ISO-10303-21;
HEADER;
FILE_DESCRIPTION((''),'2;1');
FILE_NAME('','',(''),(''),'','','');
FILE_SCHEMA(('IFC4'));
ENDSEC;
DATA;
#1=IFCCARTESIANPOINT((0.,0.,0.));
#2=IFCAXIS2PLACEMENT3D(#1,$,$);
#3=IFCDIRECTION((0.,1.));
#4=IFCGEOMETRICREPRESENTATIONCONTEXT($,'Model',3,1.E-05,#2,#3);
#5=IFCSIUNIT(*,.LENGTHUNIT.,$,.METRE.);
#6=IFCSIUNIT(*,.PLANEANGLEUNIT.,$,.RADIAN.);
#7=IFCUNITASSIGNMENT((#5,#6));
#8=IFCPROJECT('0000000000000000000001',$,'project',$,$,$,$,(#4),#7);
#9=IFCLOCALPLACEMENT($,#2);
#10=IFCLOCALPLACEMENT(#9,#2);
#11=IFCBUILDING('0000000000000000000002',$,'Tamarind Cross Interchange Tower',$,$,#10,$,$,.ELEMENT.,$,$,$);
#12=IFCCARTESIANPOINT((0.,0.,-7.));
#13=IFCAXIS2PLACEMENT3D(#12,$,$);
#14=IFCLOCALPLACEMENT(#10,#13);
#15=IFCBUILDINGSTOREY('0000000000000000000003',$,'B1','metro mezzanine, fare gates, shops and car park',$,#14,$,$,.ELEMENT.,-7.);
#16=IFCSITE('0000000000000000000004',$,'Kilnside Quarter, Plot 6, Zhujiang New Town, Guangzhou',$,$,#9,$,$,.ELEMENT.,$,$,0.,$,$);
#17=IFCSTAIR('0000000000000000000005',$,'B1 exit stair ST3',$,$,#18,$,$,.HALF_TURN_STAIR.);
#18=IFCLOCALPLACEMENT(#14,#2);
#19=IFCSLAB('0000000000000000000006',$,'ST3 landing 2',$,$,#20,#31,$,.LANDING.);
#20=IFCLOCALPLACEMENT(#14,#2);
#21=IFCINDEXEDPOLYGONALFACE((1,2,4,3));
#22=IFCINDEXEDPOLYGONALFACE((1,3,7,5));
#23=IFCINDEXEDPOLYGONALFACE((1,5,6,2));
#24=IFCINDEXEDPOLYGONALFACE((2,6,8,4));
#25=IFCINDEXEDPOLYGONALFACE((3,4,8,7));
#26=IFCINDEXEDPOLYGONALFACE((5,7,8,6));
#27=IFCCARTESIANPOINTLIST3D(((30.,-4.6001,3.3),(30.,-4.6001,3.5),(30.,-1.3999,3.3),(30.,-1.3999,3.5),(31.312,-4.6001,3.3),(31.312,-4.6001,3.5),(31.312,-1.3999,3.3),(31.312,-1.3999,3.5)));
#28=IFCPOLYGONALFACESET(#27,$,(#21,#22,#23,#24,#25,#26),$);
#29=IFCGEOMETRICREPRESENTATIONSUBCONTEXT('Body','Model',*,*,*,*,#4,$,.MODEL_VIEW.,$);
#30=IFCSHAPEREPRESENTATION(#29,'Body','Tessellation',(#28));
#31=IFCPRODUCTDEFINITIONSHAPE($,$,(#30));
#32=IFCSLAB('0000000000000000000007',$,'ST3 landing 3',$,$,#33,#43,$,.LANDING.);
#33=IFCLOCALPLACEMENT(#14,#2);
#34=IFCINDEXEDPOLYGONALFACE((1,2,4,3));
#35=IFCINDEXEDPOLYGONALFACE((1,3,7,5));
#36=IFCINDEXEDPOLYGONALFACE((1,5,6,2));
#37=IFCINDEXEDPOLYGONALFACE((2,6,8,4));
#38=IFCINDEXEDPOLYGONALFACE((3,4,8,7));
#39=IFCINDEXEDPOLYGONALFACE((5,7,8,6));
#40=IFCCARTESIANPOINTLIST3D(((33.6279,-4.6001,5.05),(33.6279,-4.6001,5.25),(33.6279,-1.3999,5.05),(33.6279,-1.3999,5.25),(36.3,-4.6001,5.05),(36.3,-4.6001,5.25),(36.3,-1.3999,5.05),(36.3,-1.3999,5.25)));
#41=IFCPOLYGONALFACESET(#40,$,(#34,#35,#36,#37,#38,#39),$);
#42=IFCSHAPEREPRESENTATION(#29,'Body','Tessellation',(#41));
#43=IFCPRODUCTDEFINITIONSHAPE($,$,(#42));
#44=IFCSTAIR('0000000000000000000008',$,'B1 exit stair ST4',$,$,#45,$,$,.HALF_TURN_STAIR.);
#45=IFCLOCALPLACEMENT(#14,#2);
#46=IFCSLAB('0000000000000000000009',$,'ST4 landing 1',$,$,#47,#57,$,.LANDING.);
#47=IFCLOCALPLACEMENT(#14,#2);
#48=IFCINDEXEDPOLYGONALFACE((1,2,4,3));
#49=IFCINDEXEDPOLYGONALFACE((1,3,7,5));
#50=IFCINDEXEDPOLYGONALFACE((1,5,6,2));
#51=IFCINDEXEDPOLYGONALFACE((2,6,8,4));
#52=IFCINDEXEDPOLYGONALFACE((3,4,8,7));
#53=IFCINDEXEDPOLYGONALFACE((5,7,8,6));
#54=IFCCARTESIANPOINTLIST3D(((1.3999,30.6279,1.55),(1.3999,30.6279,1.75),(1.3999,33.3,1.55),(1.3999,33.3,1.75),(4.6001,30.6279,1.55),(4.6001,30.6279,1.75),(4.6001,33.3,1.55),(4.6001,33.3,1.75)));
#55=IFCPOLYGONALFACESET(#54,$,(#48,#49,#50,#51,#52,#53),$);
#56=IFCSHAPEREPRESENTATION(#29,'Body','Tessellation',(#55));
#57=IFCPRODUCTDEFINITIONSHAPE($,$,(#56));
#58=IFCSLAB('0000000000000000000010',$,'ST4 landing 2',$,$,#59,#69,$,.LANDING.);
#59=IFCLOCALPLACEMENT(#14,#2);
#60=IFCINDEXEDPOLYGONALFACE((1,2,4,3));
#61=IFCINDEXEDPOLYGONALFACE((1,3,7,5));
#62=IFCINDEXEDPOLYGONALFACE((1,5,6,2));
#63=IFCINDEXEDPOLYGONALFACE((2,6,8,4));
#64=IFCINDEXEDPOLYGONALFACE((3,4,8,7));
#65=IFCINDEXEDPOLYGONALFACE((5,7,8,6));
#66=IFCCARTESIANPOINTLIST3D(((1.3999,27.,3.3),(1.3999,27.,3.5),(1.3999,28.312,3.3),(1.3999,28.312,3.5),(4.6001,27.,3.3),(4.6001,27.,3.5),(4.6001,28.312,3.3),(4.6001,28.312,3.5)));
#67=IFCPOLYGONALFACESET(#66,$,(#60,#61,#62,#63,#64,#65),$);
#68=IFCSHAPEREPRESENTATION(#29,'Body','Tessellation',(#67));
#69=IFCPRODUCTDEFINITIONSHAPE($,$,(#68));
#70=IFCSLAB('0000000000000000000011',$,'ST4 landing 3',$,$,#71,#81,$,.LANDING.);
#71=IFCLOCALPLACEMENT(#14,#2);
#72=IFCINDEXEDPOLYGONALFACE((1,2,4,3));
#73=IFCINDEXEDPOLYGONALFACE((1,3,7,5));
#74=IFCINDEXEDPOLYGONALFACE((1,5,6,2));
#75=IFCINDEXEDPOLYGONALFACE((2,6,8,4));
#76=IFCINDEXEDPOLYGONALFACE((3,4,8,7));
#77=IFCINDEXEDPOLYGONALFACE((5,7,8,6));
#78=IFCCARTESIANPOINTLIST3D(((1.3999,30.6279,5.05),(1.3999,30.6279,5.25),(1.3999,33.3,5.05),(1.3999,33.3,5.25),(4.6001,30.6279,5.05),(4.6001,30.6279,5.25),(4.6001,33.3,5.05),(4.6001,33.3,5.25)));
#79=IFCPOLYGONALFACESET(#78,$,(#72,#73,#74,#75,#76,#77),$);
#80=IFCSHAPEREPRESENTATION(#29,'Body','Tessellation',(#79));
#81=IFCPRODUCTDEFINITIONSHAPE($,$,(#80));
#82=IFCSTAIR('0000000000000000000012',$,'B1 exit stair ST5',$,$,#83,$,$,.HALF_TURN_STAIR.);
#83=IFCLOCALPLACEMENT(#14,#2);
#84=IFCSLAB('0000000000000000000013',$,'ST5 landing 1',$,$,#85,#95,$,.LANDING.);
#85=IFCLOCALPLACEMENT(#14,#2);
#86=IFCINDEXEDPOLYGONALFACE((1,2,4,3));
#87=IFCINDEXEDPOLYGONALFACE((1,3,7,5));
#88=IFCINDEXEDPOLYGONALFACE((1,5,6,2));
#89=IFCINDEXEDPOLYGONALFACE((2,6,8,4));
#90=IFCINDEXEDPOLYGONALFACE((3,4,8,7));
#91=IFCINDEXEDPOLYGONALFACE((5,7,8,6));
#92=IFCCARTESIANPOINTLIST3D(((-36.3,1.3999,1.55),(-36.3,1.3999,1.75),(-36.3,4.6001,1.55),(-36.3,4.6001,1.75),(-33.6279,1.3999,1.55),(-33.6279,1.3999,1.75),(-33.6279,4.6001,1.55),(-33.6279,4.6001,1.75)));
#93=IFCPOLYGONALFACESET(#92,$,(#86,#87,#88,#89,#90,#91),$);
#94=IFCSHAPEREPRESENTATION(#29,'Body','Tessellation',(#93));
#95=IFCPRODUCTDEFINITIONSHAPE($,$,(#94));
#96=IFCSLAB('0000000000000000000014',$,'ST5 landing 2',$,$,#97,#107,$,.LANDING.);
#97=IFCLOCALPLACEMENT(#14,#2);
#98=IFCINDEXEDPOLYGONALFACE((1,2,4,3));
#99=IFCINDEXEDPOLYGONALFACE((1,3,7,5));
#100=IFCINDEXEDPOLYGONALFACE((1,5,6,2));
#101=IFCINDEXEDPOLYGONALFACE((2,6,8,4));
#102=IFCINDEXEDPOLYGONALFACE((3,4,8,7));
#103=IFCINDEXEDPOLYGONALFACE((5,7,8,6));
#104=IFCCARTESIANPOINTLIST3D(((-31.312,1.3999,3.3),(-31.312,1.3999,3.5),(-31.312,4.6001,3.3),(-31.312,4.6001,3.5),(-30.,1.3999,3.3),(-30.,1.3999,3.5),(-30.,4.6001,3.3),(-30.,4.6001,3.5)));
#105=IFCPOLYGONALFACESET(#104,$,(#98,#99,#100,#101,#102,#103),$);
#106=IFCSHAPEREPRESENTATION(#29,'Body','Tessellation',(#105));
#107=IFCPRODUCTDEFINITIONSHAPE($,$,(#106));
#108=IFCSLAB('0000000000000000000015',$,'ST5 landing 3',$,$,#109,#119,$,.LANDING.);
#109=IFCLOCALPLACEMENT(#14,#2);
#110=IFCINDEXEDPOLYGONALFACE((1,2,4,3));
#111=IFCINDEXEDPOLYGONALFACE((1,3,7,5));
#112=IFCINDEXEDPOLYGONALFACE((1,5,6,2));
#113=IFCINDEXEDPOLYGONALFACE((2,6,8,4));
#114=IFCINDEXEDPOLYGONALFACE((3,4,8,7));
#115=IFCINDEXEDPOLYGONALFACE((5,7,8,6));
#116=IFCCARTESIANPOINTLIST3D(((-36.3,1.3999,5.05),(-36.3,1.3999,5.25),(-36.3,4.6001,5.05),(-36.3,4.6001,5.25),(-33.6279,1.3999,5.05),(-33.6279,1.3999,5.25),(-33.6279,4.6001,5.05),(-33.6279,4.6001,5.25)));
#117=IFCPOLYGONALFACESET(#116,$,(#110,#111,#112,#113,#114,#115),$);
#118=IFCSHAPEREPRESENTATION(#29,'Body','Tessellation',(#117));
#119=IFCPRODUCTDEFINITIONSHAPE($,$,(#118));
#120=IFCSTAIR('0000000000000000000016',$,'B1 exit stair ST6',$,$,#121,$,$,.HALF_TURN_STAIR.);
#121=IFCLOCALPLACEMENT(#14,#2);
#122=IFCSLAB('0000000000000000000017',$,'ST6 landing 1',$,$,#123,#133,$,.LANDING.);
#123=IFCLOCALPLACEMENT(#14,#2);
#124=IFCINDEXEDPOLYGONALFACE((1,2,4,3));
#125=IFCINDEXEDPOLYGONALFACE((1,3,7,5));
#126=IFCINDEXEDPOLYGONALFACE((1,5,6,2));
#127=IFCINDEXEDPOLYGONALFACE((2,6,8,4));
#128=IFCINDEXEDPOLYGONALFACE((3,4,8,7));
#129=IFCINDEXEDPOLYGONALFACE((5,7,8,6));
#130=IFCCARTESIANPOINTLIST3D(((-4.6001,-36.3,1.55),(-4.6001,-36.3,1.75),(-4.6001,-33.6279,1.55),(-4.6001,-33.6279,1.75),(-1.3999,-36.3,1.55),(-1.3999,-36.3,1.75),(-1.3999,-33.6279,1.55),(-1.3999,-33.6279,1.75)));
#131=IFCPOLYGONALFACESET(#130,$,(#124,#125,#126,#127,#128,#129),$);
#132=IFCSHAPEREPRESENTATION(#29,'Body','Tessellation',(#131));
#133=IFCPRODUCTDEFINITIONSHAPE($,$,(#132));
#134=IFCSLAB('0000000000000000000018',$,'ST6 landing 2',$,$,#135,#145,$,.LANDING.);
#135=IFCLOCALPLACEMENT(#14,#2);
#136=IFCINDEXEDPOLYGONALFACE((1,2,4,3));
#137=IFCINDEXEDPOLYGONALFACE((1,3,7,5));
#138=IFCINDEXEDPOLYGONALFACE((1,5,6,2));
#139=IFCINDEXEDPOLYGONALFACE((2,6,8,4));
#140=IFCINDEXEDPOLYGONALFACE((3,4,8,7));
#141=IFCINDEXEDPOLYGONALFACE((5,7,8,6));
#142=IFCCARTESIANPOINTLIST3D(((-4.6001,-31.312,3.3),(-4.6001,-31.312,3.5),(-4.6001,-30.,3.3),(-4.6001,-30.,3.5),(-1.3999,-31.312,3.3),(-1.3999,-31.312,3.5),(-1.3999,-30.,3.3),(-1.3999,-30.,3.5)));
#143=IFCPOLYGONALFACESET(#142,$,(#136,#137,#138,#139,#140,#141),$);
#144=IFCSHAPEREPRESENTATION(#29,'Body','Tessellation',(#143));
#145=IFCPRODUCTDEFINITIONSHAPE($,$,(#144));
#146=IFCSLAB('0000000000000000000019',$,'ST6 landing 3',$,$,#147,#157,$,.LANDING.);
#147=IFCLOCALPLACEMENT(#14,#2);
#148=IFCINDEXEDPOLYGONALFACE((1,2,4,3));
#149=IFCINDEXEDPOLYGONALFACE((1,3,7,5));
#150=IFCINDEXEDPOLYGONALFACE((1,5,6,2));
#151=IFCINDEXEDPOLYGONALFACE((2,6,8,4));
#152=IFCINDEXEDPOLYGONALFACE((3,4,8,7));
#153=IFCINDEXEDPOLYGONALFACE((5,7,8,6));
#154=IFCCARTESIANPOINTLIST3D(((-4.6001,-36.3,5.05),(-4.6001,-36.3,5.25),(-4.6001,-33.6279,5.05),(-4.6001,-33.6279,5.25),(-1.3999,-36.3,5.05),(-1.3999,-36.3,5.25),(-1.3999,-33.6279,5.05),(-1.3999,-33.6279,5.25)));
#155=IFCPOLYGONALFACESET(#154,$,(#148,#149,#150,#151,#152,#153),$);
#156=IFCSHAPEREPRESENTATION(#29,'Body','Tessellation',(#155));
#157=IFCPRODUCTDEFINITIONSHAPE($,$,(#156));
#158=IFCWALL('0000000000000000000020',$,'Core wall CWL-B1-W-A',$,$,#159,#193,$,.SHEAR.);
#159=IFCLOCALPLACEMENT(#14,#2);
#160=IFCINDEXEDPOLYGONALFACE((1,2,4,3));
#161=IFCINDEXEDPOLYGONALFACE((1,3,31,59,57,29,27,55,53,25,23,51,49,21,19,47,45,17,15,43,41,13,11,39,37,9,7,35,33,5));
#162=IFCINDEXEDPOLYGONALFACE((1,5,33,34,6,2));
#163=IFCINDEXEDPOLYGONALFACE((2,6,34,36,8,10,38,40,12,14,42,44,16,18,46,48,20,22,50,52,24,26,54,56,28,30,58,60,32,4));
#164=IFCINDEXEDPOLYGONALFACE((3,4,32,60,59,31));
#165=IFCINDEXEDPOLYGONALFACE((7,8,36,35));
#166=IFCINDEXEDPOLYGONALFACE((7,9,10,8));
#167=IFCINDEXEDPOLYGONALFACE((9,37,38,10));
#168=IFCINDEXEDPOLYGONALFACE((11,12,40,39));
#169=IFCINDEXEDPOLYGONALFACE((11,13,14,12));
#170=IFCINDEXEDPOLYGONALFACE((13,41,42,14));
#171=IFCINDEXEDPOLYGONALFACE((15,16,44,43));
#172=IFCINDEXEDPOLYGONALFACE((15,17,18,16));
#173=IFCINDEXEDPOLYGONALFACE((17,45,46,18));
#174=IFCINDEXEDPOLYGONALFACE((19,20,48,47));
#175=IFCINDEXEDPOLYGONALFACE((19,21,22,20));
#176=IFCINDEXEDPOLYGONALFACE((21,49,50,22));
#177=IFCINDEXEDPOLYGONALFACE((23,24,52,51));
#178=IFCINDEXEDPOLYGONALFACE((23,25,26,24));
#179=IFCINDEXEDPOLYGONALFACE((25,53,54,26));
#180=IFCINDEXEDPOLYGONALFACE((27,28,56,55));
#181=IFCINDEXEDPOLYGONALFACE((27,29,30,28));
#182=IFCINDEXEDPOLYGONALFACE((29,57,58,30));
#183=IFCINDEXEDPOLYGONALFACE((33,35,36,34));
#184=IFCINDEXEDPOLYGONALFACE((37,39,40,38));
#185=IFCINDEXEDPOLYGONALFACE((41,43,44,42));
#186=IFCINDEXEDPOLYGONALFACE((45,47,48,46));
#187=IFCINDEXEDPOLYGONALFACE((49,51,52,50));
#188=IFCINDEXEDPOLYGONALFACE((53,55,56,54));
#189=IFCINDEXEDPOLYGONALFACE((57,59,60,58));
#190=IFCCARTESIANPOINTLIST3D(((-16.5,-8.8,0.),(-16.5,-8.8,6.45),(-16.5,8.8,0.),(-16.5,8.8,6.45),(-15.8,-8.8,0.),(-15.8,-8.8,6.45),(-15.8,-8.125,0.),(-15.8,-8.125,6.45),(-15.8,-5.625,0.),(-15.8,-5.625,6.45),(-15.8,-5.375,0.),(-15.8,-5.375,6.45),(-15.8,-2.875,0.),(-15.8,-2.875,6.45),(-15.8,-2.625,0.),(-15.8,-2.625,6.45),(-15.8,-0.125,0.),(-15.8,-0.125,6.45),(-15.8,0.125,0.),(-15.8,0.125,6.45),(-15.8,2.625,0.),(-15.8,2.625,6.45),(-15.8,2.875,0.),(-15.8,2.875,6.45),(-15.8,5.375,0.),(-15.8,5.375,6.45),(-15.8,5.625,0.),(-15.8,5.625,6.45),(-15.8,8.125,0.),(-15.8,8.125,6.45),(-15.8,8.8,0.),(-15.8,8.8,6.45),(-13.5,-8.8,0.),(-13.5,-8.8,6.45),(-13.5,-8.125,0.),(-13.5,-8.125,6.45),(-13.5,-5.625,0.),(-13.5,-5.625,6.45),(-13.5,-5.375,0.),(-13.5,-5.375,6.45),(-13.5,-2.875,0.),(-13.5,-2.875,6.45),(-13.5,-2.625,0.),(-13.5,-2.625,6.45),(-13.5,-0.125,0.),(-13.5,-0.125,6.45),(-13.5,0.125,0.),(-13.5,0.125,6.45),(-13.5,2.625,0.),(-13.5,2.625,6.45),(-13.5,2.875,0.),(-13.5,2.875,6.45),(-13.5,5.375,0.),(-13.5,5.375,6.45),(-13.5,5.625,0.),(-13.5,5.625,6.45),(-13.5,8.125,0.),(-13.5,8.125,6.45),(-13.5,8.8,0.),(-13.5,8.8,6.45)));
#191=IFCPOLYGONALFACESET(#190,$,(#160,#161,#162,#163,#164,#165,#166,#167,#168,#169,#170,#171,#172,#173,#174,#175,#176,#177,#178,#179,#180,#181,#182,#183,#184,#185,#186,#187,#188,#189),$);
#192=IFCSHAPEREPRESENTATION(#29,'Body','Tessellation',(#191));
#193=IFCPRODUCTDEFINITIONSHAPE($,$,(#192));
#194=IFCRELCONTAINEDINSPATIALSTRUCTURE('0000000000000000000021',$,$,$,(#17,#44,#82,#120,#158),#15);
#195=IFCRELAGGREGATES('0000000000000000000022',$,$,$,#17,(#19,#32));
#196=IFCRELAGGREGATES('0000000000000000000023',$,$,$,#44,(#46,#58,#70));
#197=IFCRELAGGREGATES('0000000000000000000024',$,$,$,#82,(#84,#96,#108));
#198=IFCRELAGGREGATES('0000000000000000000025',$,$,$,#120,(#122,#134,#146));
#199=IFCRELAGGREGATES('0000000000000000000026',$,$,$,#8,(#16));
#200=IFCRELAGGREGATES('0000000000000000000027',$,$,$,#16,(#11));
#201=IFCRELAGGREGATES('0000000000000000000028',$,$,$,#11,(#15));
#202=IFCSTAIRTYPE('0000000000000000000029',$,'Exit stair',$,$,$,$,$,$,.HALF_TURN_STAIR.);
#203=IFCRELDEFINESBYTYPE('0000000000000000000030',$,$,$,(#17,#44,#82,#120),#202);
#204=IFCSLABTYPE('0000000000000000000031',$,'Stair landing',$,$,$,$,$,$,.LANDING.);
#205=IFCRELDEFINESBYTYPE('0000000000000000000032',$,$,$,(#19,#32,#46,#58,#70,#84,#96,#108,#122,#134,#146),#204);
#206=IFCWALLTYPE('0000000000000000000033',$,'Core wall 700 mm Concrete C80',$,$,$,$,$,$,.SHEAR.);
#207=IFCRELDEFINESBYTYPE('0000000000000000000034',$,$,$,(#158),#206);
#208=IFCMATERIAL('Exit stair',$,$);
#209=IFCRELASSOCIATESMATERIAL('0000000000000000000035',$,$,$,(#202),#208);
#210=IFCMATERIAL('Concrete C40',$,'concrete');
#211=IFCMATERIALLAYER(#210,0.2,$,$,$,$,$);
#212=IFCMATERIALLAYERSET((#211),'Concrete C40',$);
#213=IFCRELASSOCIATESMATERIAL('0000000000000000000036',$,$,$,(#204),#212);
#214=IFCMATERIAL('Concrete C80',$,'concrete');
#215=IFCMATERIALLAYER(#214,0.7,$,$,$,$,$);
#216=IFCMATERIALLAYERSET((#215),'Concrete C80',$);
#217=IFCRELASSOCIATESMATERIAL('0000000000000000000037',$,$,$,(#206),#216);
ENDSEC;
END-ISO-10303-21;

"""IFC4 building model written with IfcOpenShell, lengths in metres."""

from ifc_helpers import new_model, si_unit, direction, frame, origin, place, context, subcontext, project, spatial, polyline, outline, extrude, material, layer, layer_set, type_object, element, aggregate, save


model = new_model("IFC4")

# Units and contexts
model_context = context("Model", 3, precision=1e-05, world=origin(), true_north=direction((0.0, 1.0)))
body_context = subcontext(model_context, "Body", "Model", "MODEL_VIEW")
ifc_project = project(units=[si_unit("LENGTHUNIT", "METRE"), si_unit("PLANEANGLEUNIT", "RADIAN")], contexts=[model_context])

# Site, building, storey
site_placement = place(None, origin())
site = spatial("IfcSite", under=ifc_project, at=site_placement, Name="Kilnside Quarter, Plot 6, Zhujiang New Town, Guangzhou", CompositionType="ELEMENT", RefElevation=0.0)
building_placement = place(site_placement, origin())
building = spatial("IfcBuilding", under=site, at=building_placement, Name="Tamarind Cross Interchange Tower", CompositionType="ELEMENT")
storey_placement = place(building_placement, frame((0.0, 0.0, -7.0)))
storey = spatial("IfcBuildingStorey", under=building, at=storey_placement, Name="B1", Description="metro mezzanine, fare gates, shops and car park", CompositionType="ELEMENT", Elevation=-7.0)

# Shared definitions
ifc_material_1 = material(Name="Concrete C80", Category="concrete")

# Shared definitions
ifc_material_2 = material(Name="Concrete C40", Category="concrete")

# Stairs, slabs
ifc_material_3 = material(Name="Exit stair")
stair_type_1 = type_object("IfcStairType", Name="Exit stair", PredefinedType="HALF_TURN_STAIR", material=ifc_material_3)
ifc_layer_1 = layer(ifc_material_2, 0.2)
ifc_layer_set_1 = layer_set([ifc_layer_1], Name="Concrete C40")
slab_type_1 = type_object("IfcSlabType", Name="Stair landing", PredefinedType="LANDING", material=ifc_layer_set_1)
stair_1_placement = place(storey_placement, origin())
stair_1 = element("IfcStair", 1, at=stair_1_placement, inside=storey, type_object=stair_type_1, Name="B1 exit stair ST3", PredefinedType="HALF_TURN_STAIR")
slab_1_placement = place(storey_placement, frame((0.0, 0.0, 3.3)))
slab_1 = element("IfcSlab", 2, at=slab_1_placement, type_object=slab_type_1, Name="ST3 landing 2", PredefinedType="LANDING", context=body_context, shape_type="SweptSolid", body=[
    extrude(outline(polyline([(30.0, -4.6001), (31.312, -4.6001), (31.312, -1.3999), (30.0, -1.3999), (30.0, -4.6001)])), origin(), (0.0, 0.0, 1.0), 0.2),
])
slab_2_placement = place(storey_placement, frame((0.0, 0.0, 5.05)))
slab_2 = element("IfcSlab", 3, at=slab_2_placement, type_object=slab_type_1, Name="ST3 landing 3", PredefinedType="LANDING", context=body_context, shape_type="SweptSolid", body=[
    extrude(outline(polyline([(33.6279, -4.6001), (36.3, -4.6001), (36.3, -1.3999), (33.6279, -1.3999), (33.6279, -4.6001)])), origin(), (0.0, 0.0, 1.0), 0.2),
])
aggregate(stair_1, [slab_1, slab_2])
stair_2_placement = place(storey_placement, origin())
stair_2 = element("IfcStair", 4, at=stair_2_placement, inside=storey, type_object=stair_type_1, Name="B1 exit stair ST4", PredefinedType="HALF_TURN_STAIR")
slab_3_placement = place(storey_placement, frame((0.0, 0.0, 1.55)))
slab_3 = element("IfcSlab", 5, at=slab_3_placement, type_object=slab_type_1, Name="ST4 landing 1", PredefinedType="LANDING", context=body_context, shape_type="SweptSolid", body=[
    extrude(outline(polyline([(4.6001, 30.6279), (4.6001, 33.3), (1.3999, 33.3), (1.3999, 30.6279), (4.6001, 30.6279)])), origin(), (0.0, 0.0, 1.0), 0.2),
])
slab_4_placement = place(storey_placement, frame((0.0, 0.0, 3.3)))
slab_4 = element("IfcSlab", 6, at=slab_4_placement, type_object=slab_type_1, Name="ST4 landing 2", PredefinedType="LANDING", context=body_context, shape_type="SweptSolid", body=[
    extrude(outline(polyline([(4.6001, 27.0), (4.6001, 28.312), (1.3999, 28.312), (1.3999, 27.0), (4.6001, 27.0)])), origin(), (0.0, 0.0, 1.0), 0.2),
])
slab_5_placement = place(storey_placement, frame((0.0, 0.0, 5.05)))
slab_5 = element("IfcSlab", 7, at=slab_5_placement, type_object=slab_type_1, Name="ST4 landing 3", PredefinedType="LANDING", context=body_context, shape_type="SweptSolid", body=[
    extrude(outline(polyline([(4.6001, 30.6279), (4.6001, 33.3), (1.3999, 33.3), (1.3999, 30.6279), (4.6001, 30.6279)])), origin(), (0.0, 0.0, 1.0), 0.2),
])
aggregate(stair_2, [slab_3, slab_4, slab_5])
stair_3_placement = place(storey_placement, origin())
stair_3 = element("IfcStair", 8, at=stair_3_placement, inside=storey, type_object=stair_type_1, Name="B1 exit stair ST5", PredefinedType="HALF_TURN_STAIR")
slab_6_placement = place(storey_placement, frame((0.0, 0.0, 1.55)))
slab_6 = element("IfcSlab", 9, at=slab_6_placement, type_object=slab_type_1, Name="ST5 landing 1", PredefinedType="LANDING", context=body_context, shape_type="SweptSolid", body=[
    extrude(outline(polyline([(-33.6279, 4.6001), (-36.3, 4.6001), (-36.3, 1.3999), (-33.6279, 1.3999), (-33.6279, 4.6001)])), origin(), (0.0, 0.0, 1.0), 0.2),
])
slab_7_placement = place(storey_placement, frame((0.0, 0.0, 3.3)))
slab_7 = element("IfcSlab", 10, at=slab_7_placement, type_object=slab_type_1, Name="ST5 landing 2", PredefinedType="LANDING", context=body_context, shape_type="SweptSolid", body=[
    extrude(outline(polyline([(-30.0, 4.6001), (-31.312, 4.6001), (-31.312, 1.3999), (-30.0, 1.3999), (-30.0, 4.6001)])), origin(), (0.0, 0.0, 1.0), 0.2),
])
slab_8_placement = place(storey_placement, frame((0.0, 0.0, 5.05)))
slab_8 = element("IfcSlab", 11, at=slab_8_placement, type_object=slab_type_1, Name="ST5 landing 3", PredefinedType="LANDING", context=body_context, shape_type="SweptSolid", body=[
    extrude(outline(polyline([(-33.6279, 4.6001), (-36.3, 4.6001), (-36.3, 1.3999), (-33.6279, 1.3999), (-33.6279, 4.6001)])), origin(), (0.0, 0.0, 1.0), 0.2),
])
aggregate(stair_3, [slab_6, slab_7, slab_8])
stair_4_placement = place(storey_placement, origin())
stair_4 = element("IfcStair", 12, at=stair_4_placement, inside=storey, type_object=stair_type_1, Name="B1 exit stair ST6", PredefinedType="HALF_TURN_STAIR")
slab_9_placement = place(storey_placement, frame((0.0, 0.0, 1.55)))
slab_9 = element("IfcSlab", 13, at=slab_9_placement, type_object=slab_type_1, Name="ST6 landing 1", PredefinedType="LANDING", context=body_context, shape_type="SweptSolid", body=[
    extrude(outline(polyline([(-4.6001, -33.6279), (-4.6001, -36.3), (-1.3999, -36.3), (-1.3999, -33.6279), (-4.6001, -33.6279)])), origin(), (0.0, 0.0, 1.0), 0.2),
])
slab_10_placement = place(storey_placement, frame((0.0, 0.0, 3.3)))
slab_10 = element("IfcSlab", 14, at=slab_10_placement, type_object=slab_type_1, Name="ST6 landing 2", PredefinedType="LANDING", context=body_context, shape_type="SweptSolid", body=[
    extrude(outline(polyline([(-4.6001, -30.0), (-4.6001, -31.312), (-1.3999, -31.312), (-1.3999, -30.0), (-4.6001, -30.0)])), origin(), (0.0, 0.0, 1.0), 0.2),
])
slab_11_placement = place(storey_placement, frame((0.0, 0.0, 5.05)))
slab_11 = element("IfcSlab", 15, at=slab_11_placement, type_object=slab_type_1, Name="ST6 landing 3", PredefinedType="LANDING", context=body_context, shape_type="SweptSolid", body=[
    extrude(outline(polyline([(-4.6001, -33.6279), (-4.6001, -36.3), (-1.3999, -36.3), (-1.3999, -33.6279), (-4.6001, -33.6279)])), origin(), (0.0, 0.0, 1.0), 0.2),
])
aggregate(stair_4, [slab_9, slab_10, slab_11])

# Wall
ifc_layer_2 = layer(ifc_material_1, 0.7)
ifc_layer_set_2 = layer_set([ifc_layer_2], Name="Concrete C80")
wall_type_1 = type_object("IfcWallType", Name="Core wall 700 mm Concrete C80", PredefinedType="SHEAR", material=ifc_layer_set_2)
wall_1_placement = place(storey_placement, origin())
element("IfcWall", 16, at=wall_1_placement, inside=storey, type_object=wall_type_1, Name="Core wall CWL-B1-W-A", PredefinedType="SHEAR", context=body_context, shape_type="SweptSolid", body=[
    extrude(outline(polyline([(-13.5, -8.8), (-13.5, -8.125), (-15.8, -8.125), (-15.8, -5.625), (-13.5, -5.625), (-13.5, -5.375), (-15.8, -5.375), (-15.8, -2.875), (-13.5, -2.875), (-13.5, -2.625), (-15.8, -2.625), (-15.8, -0.125), (-13.5, -0.125), (-13.5, 0.125), (-15.8, 0.125), (-15.8, 2.625), (-13.5, 2.625), (-13.5, 2.875), (-15.8, 2.875), (-15.8, 5.375), (-13.5, 5.375), (-13.5, 5.625), (-15.8, 5.625), (-15.8, 8.125), (-13.5, 8.125), (-13.5, 8.8), (-15.8, 8.8), (-16.5, 8.8), (-16.5, -8.8), (-15.8, -8.8), (-13.5, -8.8)])), origin(), (0.0, 0.0, 1.0), 6.45),
])

save(model, "model.ifc")
